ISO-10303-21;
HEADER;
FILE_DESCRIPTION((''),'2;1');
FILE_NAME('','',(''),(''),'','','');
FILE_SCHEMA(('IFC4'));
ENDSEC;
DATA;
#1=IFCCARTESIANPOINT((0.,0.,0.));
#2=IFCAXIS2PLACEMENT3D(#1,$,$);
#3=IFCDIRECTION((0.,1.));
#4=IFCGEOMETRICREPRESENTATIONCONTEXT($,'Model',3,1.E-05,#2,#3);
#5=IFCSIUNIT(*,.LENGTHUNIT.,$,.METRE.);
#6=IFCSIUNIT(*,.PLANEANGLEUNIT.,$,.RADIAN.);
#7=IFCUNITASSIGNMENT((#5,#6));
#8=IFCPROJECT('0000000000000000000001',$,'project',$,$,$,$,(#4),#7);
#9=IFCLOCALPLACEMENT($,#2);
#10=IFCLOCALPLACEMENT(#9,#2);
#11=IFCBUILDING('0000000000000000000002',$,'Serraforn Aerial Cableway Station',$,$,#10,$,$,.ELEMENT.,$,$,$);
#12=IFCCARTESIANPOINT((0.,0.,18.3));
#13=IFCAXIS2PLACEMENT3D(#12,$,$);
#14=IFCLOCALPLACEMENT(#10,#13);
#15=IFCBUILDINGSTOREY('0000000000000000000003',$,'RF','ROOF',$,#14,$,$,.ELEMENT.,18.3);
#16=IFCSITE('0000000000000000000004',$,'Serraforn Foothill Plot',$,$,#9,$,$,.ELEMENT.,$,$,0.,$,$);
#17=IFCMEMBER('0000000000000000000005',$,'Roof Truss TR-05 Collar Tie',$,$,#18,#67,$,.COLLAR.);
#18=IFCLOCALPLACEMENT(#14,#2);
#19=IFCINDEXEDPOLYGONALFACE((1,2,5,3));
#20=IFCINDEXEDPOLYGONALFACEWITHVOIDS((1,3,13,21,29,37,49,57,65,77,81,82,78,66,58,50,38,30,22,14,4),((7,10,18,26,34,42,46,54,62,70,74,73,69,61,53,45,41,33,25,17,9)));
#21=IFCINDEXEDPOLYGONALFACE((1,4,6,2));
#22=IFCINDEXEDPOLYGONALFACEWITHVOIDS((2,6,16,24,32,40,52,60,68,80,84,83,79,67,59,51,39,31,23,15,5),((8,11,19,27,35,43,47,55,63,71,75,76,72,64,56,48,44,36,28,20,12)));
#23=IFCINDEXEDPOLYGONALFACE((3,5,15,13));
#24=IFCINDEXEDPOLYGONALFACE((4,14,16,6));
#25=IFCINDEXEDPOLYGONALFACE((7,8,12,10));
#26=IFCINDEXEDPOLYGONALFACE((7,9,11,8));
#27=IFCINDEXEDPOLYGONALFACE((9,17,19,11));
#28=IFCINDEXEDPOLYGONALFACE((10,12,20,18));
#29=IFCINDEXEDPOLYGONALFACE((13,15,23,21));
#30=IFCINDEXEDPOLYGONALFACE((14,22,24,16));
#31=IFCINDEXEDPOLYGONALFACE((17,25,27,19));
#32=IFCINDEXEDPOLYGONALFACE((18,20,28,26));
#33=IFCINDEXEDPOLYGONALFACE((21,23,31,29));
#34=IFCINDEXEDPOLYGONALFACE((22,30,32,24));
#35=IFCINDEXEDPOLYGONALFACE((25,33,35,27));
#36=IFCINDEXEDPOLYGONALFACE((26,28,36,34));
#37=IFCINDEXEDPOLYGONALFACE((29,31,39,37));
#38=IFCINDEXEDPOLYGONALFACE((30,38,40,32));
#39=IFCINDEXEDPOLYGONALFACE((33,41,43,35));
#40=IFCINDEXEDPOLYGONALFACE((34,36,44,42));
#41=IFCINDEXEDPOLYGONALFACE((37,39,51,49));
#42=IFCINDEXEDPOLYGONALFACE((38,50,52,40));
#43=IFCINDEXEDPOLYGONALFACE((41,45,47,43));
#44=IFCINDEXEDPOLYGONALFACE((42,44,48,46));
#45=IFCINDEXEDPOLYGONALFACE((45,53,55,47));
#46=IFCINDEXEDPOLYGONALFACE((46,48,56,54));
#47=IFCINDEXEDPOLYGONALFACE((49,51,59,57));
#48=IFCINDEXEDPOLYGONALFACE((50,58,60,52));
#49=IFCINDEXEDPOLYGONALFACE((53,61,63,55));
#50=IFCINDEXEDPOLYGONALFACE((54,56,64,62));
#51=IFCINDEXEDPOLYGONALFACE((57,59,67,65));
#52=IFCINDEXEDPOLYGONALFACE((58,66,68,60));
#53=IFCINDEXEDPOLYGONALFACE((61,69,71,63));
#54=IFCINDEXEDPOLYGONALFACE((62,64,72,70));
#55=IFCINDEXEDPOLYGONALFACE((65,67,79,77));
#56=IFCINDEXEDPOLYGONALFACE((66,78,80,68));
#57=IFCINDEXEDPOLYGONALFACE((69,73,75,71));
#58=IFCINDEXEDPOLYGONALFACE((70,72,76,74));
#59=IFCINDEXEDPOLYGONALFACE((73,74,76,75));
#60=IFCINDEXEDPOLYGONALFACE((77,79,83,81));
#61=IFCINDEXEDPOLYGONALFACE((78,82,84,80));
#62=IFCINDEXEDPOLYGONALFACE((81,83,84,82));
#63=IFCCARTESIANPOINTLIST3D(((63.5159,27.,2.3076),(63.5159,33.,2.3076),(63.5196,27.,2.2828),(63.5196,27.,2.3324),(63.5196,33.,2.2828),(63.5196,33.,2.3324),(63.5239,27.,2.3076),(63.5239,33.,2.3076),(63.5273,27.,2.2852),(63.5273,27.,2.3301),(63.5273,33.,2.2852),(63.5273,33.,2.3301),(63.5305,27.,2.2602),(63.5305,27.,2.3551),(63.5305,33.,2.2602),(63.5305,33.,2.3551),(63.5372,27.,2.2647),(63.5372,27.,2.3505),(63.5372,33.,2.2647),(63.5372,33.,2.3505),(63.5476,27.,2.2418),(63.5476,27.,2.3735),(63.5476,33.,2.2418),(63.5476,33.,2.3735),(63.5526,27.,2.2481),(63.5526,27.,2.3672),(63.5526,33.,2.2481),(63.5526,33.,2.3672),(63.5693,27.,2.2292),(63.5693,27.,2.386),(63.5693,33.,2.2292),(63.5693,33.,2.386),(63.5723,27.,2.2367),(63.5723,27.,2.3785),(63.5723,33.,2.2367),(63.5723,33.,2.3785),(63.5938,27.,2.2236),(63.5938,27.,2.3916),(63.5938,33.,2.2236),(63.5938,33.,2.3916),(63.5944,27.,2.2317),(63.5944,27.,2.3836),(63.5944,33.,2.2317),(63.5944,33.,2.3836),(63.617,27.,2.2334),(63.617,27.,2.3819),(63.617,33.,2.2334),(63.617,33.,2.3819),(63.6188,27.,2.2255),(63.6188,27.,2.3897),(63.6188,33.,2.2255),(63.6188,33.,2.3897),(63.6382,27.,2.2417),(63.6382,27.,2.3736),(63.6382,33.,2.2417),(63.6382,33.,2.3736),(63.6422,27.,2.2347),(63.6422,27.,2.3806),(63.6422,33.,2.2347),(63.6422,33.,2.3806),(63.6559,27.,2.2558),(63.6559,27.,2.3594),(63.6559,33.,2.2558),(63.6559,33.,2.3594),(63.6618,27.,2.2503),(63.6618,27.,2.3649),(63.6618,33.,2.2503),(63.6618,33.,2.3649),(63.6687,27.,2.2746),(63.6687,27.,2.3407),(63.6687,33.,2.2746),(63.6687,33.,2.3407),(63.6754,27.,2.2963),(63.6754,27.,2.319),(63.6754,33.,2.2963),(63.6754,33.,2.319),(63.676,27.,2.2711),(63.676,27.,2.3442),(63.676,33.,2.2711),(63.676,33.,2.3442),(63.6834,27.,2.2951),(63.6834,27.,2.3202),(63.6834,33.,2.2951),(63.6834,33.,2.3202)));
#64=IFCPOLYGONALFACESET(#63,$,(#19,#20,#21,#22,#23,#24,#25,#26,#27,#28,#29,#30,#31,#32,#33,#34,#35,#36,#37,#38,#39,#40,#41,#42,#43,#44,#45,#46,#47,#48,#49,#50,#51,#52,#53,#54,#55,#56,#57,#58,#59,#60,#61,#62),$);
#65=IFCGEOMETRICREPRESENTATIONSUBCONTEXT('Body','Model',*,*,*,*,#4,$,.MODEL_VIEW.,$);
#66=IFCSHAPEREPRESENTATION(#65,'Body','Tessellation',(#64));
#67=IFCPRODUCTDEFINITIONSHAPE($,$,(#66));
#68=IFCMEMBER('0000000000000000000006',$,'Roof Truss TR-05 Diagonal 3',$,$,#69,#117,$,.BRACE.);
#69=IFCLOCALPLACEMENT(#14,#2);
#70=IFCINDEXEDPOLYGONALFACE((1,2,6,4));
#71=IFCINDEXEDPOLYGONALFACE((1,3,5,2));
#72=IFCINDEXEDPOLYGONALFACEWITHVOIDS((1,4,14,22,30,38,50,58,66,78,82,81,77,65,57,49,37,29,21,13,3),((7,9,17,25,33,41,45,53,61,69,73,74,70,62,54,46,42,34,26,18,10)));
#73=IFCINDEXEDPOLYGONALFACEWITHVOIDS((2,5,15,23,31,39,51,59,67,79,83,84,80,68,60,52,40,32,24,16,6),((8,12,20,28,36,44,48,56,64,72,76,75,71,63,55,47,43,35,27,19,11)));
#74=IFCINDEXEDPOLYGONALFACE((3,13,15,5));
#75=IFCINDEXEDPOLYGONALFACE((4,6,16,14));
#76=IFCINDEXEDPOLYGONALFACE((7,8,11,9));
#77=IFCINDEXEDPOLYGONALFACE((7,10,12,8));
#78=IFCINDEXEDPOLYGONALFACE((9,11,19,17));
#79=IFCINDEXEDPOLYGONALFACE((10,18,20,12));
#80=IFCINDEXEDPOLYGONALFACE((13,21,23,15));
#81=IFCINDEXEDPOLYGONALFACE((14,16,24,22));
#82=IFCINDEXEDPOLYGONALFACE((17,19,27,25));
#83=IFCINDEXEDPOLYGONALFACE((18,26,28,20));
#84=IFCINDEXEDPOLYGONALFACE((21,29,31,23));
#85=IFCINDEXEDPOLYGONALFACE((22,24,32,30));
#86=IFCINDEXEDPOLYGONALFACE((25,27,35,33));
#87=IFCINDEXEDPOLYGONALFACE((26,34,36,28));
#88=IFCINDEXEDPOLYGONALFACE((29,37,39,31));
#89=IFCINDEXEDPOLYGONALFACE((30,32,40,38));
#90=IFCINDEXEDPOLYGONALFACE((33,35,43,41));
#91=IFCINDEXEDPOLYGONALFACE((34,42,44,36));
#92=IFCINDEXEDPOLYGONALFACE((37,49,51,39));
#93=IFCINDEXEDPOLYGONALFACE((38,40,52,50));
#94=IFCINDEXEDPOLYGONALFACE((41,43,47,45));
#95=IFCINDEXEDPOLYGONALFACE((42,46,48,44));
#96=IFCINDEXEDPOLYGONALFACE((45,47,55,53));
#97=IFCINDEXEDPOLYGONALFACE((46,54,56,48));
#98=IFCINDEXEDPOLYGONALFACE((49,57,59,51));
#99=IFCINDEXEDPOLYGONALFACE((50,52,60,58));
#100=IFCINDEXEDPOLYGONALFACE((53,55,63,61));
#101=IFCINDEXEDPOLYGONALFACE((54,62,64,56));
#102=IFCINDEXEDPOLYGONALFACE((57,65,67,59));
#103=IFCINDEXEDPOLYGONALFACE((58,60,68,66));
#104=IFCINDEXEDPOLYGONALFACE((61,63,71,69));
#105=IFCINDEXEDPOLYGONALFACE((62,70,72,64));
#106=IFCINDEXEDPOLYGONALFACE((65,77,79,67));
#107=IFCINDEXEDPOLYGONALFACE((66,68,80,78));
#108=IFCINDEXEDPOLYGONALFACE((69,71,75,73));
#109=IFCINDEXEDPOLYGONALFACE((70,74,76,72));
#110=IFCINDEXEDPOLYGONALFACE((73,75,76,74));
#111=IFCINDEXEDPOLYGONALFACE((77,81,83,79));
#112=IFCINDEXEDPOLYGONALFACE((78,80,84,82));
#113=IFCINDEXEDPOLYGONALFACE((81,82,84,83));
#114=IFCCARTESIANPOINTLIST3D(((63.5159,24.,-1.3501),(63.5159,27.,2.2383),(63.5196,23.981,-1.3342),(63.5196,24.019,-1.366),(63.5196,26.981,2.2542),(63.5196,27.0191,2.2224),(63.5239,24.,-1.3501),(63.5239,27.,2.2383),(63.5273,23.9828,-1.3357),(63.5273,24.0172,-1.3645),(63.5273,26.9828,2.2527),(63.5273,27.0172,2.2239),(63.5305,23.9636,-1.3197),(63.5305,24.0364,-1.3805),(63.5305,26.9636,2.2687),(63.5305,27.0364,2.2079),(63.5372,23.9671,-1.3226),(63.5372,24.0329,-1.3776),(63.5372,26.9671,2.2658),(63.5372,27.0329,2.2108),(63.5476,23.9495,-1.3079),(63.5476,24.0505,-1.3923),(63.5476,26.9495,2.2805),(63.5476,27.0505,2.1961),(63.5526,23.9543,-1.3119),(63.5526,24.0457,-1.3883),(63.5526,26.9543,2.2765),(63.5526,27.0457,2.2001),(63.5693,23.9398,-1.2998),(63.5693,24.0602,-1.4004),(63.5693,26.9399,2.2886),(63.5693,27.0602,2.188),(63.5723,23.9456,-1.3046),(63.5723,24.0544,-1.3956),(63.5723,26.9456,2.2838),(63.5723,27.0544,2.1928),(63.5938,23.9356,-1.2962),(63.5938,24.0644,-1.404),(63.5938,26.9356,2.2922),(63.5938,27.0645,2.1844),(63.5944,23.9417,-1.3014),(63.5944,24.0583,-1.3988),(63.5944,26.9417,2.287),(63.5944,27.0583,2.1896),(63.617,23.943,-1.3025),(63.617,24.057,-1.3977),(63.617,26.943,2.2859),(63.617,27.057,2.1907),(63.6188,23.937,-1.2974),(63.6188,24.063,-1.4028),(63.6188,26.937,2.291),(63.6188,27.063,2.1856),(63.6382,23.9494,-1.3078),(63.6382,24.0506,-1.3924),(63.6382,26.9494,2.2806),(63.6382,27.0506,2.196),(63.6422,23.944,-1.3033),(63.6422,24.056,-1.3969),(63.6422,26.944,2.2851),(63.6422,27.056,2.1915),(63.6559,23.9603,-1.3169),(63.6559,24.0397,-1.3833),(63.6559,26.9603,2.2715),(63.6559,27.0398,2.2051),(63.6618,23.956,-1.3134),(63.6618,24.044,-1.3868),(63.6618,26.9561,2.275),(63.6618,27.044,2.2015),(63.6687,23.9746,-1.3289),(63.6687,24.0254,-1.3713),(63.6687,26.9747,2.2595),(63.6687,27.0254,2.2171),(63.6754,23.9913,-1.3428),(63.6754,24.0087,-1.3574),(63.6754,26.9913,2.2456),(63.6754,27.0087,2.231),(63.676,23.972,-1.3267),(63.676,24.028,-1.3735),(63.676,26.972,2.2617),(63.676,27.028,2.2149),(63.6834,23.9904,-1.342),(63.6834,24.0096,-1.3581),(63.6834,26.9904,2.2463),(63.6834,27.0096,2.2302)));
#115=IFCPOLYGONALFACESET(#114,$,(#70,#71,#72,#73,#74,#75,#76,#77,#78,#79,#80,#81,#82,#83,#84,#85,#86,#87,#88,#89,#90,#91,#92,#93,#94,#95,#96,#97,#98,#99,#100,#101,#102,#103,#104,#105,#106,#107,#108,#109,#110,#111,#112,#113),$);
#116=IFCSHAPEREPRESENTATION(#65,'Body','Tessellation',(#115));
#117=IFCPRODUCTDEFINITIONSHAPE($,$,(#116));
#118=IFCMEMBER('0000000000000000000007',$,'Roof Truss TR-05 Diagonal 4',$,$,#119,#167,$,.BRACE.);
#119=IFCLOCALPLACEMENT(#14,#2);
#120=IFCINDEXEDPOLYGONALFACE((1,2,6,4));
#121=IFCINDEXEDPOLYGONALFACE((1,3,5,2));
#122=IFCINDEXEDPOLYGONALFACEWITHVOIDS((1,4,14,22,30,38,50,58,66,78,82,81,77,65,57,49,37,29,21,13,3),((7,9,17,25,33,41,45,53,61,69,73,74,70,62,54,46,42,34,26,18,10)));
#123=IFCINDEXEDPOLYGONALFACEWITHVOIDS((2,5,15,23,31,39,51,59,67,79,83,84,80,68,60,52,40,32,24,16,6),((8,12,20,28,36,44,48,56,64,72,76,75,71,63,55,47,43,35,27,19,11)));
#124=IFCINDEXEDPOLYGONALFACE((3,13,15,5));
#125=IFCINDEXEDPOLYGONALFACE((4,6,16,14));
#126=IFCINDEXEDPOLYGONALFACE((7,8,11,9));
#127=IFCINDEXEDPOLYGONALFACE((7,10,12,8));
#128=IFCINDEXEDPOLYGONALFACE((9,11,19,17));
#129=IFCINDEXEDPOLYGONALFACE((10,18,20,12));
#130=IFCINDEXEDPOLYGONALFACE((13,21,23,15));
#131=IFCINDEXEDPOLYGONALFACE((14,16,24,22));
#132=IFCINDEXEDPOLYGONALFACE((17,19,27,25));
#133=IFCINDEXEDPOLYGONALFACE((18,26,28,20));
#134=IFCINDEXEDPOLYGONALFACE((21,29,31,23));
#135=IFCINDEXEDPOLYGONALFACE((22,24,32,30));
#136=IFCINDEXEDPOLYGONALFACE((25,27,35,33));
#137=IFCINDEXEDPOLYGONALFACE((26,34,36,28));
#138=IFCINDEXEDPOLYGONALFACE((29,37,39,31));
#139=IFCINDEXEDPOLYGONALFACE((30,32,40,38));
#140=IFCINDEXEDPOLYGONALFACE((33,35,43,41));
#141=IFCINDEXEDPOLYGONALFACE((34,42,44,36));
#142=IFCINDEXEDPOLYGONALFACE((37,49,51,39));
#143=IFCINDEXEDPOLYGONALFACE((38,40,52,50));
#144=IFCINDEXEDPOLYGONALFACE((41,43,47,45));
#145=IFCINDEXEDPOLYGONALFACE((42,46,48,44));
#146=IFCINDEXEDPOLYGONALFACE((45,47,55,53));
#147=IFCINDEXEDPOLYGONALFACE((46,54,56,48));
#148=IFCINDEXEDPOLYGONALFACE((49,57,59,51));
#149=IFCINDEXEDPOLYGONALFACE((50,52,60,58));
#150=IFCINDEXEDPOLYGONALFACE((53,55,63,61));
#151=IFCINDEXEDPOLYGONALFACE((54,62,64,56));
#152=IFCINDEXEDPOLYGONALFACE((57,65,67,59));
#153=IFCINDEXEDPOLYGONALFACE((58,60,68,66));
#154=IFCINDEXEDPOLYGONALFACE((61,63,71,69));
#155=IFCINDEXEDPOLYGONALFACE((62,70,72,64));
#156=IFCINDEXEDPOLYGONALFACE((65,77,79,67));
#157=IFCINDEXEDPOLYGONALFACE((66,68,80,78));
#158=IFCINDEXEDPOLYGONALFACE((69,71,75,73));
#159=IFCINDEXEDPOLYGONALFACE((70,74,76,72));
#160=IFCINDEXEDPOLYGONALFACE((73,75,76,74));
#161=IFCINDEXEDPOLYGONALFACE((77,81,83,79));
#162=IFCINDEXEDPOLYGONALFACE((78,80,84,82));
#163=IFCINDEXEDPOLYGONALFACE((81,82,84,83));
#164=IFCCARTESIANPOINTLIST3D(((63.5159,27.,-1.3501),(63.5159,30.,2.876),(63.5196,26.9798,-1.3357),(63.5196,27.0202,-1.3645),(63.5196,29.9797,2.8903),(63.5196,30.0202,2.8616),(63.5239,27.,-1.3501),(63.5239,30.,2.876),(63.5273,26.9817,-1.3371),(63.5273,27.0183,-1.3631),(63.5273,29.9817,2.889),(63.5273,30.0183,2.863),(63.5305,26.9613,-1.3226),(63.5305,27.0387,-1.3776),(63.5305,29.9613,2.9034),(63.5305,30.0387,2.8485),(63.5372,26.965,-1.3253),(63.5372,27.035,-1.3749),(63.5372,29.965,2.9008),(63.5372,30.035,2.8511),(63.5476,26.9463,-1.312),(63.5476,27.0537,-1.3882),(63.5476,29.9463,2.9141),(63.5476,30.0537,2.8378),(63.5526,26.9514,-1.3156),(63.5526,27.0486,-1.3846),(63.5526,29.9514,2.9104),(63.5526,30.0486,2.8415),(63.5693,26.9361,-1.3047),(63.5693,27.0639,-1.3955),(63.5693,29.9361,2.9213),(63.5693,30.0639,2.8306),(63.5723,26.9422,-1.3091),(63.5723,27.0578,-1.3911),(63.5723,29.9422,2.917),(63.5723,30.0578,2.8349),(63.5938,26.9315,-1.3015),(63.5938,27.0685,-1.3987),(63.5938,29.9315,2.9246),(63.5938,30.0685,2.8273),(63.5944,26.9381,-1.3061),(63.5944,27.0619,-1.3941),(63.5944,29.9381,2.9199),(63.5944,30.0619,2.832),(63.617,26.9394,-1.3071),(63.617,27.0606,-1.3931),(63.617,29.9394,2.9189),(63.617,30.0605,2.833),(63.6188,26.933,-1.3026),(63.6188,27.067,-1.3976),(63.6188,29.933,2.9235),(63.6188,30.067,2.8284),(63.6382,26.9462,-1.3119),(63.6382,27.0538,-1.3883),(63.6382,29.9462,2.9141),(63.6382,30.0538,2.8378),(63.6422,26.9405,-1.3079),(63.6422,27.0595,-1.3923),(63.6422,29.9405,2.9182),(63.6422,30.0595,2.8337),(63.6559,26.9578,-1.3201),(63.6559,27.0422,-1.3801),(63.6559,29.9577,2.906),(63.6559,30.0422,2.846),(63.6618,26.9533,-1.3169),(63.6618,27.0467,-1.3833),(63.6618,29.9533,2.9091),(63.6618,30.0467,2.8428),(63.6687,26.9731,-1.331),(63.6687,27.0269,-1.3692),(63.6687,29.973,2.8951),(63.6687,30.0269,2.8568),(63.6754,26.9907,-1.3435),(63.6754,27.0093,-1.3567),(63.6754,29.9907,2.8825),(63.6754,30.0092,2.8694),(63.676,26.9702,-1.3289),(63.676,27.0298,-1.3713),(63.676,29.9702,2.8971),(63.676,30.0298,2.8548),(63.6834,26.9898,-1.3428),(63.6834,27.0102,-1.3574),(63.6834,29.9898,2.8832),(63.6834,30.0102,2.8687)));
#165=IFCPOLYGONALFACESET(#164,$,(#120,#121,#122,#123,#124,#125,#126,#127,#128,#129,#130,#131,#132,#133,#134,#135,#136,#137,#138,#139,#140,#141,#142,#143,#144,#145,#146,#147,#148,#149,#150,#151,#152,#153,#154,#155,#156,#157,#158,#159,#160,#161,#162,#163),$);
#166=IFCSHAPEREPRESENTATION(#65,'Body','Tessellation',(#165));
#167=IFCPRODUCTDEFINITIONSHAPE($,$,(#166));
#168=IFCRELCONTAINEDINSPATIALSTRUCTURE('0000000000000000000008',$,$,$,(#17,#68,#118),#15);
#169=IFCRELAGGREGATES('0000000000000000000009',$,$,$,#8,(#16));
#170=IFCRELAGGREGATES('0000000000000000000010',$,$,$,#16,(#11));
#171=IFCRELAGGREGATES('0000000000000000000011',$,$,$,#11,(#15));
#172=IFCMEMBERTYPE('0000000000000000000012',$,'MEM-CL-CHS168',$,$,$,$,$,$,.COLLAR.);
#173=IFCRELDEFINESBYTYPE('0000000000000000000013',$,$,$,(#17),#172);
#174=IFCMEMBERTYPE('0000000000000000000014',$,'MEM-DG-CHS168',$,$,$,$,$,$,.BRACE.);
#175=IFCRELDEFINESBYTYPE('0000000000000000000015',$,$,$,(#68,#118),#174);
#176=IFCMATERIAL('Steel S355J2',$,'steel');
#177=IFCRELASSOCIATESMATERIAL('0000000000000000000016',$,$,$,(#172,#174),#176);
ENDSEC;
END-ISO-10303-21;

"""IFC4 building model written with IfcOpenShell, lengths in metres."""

from ifc_helpers import new_model, si_unit, direction, frame, origin, origin_2d, place, context, subcontext, project, spatial, hollow_circle, extrude, material, material_profile, profile_set, type_object, element, save


model = new_model("IFC4")

# Units and contexts
model_context = context("Model", 3, precision=1e-05, world=origin(), true_north=direction((0.0, 1.0)))
body_context = subcontext(model_context, "Body", "Model", "MODEL_VIEW")
ifc_project = project(units=[si_unit("LENGTHUNIT", "METRE"), si_unit("PLANEANGLEUNIT", "RADIAN")], contexts=[model_context])

# Site, building, storey
site_placement = place(None, origin())
site = spatial("IfcSite", under=ifc_project, at=site_placement, Name="Serraforn Foothill Plot", CompositionType="ELEMENT", RefElevation=0.0)
building_placement = place(site_placement, origin())
building = spatial("IfcBuilding", under=site, at=building_placement, Name="Serraforn Aerial Cableway Station", CompositionType="ELEMENT")
storey_placement = place(building_placement, frame((0.0, 0.0, 18.3)))
storey = spatial("IfcBuildingStorey", under=building, at=storey_placement, Name="RF", Description="ROOF", CompositionType="ELEMENT", Elevation=18.3)

# Members
ifc_material_1 = material(Name="Steel S355J2", Category="steel")
ifc_material_profile_1 = material_profile(ifc_material_1, hollow_circle(Radius=0.0842, WallThickness=0.0081, at=origin_2d()), Name="CHS 168.3x8.0")
ifc_profile_set_1 = profile_set([ifc_material_profile_1], Name="Steel S355J2")
member_type_1 = type_object("IfcMemberType", Name="MEM-CL-CHS168", PredefinedType="COLLAR", material=ifc_profile_set_1)
member_1_placement = place(storey_placement, frame((63.6001, 27.0, 2.3076), z_axis=(0.0, 1.0, 0.0), x_axis=(-1.0, 0.0, 0.0)))
element("IfcMember", 1, at=member_1_placement, inside=storey, type_object=member_type_1, Name="Roof Truss TR-05 Collar Tie", PredefinedType="COLLAR", context=body_context, shape_type="SweptSolid", body=[
    extrude(hollow_circle(Radius=0.0842, WallThickness=0.0081, at=origin_2d()), origin(), (0.0, 0.0, 1.0), 6.0),
])
ifc_material_profile_2 = material_profile(ifc_material_1, hollow_circle(Radius=0.0842, WallThickness=0.0081, at=origin_2d()), Name="CHS 168.3x8.0")
ifc_profile_set_2 = profile_set([ifc_material_profile_2], Name="Steel S355J2")
member_type_2 = type_object("IfcMemberType", Name="MEM-DG-CHS168", PredefinedType="BRACE", material=ifc_profile_set_2)
member_2_placement = place(storey_placement, frame((63.6001, 24.0, -1.3501), z_axis=(0.0, 0.641406, 0.767202), x_axis=(-1.0, 0.0, 0.0)))
element("IfcMember", 2, at=member_2_placement, inside=storey, type_object=member_type_2, Name="Roof Truss TR-05 Diagonal 3", PredefinedType="BRACE", context=body_context, shape_type="SweptSolid", body=[
    extrude(hollow_circle(Radius=0.0842, WallThickness=0.0081, at=origin_2d()), origin(), (0.0, 0.0, 1.0), 4.6772),
])
for number, where, z_axis, x_axis, name in (
    (3, (63.6001, 27.0, -1.3501), (0.0, 0.578856, 0.81543), (-1.0, 0.0, 0.0), "Roof Truss TR-05 Diagonal 4"),
):
    element("IfcMember", number, at=place(storey_placement, frame(where, z_axis=z_axis, x_axis=x_axis)), inside=storey, type_object=member_type_2, Name=name, PredefinedType="BRACE", context=body_context, shape_type="SweptSolid", body=[
        extrude(hollow_circle(Radius=0.0842, WallThickness=0.0081, at=origin_2d()), origin(), (0.0, 0.0, 1.0), 5.1826),
    ])

save(model, "model.ifc")
